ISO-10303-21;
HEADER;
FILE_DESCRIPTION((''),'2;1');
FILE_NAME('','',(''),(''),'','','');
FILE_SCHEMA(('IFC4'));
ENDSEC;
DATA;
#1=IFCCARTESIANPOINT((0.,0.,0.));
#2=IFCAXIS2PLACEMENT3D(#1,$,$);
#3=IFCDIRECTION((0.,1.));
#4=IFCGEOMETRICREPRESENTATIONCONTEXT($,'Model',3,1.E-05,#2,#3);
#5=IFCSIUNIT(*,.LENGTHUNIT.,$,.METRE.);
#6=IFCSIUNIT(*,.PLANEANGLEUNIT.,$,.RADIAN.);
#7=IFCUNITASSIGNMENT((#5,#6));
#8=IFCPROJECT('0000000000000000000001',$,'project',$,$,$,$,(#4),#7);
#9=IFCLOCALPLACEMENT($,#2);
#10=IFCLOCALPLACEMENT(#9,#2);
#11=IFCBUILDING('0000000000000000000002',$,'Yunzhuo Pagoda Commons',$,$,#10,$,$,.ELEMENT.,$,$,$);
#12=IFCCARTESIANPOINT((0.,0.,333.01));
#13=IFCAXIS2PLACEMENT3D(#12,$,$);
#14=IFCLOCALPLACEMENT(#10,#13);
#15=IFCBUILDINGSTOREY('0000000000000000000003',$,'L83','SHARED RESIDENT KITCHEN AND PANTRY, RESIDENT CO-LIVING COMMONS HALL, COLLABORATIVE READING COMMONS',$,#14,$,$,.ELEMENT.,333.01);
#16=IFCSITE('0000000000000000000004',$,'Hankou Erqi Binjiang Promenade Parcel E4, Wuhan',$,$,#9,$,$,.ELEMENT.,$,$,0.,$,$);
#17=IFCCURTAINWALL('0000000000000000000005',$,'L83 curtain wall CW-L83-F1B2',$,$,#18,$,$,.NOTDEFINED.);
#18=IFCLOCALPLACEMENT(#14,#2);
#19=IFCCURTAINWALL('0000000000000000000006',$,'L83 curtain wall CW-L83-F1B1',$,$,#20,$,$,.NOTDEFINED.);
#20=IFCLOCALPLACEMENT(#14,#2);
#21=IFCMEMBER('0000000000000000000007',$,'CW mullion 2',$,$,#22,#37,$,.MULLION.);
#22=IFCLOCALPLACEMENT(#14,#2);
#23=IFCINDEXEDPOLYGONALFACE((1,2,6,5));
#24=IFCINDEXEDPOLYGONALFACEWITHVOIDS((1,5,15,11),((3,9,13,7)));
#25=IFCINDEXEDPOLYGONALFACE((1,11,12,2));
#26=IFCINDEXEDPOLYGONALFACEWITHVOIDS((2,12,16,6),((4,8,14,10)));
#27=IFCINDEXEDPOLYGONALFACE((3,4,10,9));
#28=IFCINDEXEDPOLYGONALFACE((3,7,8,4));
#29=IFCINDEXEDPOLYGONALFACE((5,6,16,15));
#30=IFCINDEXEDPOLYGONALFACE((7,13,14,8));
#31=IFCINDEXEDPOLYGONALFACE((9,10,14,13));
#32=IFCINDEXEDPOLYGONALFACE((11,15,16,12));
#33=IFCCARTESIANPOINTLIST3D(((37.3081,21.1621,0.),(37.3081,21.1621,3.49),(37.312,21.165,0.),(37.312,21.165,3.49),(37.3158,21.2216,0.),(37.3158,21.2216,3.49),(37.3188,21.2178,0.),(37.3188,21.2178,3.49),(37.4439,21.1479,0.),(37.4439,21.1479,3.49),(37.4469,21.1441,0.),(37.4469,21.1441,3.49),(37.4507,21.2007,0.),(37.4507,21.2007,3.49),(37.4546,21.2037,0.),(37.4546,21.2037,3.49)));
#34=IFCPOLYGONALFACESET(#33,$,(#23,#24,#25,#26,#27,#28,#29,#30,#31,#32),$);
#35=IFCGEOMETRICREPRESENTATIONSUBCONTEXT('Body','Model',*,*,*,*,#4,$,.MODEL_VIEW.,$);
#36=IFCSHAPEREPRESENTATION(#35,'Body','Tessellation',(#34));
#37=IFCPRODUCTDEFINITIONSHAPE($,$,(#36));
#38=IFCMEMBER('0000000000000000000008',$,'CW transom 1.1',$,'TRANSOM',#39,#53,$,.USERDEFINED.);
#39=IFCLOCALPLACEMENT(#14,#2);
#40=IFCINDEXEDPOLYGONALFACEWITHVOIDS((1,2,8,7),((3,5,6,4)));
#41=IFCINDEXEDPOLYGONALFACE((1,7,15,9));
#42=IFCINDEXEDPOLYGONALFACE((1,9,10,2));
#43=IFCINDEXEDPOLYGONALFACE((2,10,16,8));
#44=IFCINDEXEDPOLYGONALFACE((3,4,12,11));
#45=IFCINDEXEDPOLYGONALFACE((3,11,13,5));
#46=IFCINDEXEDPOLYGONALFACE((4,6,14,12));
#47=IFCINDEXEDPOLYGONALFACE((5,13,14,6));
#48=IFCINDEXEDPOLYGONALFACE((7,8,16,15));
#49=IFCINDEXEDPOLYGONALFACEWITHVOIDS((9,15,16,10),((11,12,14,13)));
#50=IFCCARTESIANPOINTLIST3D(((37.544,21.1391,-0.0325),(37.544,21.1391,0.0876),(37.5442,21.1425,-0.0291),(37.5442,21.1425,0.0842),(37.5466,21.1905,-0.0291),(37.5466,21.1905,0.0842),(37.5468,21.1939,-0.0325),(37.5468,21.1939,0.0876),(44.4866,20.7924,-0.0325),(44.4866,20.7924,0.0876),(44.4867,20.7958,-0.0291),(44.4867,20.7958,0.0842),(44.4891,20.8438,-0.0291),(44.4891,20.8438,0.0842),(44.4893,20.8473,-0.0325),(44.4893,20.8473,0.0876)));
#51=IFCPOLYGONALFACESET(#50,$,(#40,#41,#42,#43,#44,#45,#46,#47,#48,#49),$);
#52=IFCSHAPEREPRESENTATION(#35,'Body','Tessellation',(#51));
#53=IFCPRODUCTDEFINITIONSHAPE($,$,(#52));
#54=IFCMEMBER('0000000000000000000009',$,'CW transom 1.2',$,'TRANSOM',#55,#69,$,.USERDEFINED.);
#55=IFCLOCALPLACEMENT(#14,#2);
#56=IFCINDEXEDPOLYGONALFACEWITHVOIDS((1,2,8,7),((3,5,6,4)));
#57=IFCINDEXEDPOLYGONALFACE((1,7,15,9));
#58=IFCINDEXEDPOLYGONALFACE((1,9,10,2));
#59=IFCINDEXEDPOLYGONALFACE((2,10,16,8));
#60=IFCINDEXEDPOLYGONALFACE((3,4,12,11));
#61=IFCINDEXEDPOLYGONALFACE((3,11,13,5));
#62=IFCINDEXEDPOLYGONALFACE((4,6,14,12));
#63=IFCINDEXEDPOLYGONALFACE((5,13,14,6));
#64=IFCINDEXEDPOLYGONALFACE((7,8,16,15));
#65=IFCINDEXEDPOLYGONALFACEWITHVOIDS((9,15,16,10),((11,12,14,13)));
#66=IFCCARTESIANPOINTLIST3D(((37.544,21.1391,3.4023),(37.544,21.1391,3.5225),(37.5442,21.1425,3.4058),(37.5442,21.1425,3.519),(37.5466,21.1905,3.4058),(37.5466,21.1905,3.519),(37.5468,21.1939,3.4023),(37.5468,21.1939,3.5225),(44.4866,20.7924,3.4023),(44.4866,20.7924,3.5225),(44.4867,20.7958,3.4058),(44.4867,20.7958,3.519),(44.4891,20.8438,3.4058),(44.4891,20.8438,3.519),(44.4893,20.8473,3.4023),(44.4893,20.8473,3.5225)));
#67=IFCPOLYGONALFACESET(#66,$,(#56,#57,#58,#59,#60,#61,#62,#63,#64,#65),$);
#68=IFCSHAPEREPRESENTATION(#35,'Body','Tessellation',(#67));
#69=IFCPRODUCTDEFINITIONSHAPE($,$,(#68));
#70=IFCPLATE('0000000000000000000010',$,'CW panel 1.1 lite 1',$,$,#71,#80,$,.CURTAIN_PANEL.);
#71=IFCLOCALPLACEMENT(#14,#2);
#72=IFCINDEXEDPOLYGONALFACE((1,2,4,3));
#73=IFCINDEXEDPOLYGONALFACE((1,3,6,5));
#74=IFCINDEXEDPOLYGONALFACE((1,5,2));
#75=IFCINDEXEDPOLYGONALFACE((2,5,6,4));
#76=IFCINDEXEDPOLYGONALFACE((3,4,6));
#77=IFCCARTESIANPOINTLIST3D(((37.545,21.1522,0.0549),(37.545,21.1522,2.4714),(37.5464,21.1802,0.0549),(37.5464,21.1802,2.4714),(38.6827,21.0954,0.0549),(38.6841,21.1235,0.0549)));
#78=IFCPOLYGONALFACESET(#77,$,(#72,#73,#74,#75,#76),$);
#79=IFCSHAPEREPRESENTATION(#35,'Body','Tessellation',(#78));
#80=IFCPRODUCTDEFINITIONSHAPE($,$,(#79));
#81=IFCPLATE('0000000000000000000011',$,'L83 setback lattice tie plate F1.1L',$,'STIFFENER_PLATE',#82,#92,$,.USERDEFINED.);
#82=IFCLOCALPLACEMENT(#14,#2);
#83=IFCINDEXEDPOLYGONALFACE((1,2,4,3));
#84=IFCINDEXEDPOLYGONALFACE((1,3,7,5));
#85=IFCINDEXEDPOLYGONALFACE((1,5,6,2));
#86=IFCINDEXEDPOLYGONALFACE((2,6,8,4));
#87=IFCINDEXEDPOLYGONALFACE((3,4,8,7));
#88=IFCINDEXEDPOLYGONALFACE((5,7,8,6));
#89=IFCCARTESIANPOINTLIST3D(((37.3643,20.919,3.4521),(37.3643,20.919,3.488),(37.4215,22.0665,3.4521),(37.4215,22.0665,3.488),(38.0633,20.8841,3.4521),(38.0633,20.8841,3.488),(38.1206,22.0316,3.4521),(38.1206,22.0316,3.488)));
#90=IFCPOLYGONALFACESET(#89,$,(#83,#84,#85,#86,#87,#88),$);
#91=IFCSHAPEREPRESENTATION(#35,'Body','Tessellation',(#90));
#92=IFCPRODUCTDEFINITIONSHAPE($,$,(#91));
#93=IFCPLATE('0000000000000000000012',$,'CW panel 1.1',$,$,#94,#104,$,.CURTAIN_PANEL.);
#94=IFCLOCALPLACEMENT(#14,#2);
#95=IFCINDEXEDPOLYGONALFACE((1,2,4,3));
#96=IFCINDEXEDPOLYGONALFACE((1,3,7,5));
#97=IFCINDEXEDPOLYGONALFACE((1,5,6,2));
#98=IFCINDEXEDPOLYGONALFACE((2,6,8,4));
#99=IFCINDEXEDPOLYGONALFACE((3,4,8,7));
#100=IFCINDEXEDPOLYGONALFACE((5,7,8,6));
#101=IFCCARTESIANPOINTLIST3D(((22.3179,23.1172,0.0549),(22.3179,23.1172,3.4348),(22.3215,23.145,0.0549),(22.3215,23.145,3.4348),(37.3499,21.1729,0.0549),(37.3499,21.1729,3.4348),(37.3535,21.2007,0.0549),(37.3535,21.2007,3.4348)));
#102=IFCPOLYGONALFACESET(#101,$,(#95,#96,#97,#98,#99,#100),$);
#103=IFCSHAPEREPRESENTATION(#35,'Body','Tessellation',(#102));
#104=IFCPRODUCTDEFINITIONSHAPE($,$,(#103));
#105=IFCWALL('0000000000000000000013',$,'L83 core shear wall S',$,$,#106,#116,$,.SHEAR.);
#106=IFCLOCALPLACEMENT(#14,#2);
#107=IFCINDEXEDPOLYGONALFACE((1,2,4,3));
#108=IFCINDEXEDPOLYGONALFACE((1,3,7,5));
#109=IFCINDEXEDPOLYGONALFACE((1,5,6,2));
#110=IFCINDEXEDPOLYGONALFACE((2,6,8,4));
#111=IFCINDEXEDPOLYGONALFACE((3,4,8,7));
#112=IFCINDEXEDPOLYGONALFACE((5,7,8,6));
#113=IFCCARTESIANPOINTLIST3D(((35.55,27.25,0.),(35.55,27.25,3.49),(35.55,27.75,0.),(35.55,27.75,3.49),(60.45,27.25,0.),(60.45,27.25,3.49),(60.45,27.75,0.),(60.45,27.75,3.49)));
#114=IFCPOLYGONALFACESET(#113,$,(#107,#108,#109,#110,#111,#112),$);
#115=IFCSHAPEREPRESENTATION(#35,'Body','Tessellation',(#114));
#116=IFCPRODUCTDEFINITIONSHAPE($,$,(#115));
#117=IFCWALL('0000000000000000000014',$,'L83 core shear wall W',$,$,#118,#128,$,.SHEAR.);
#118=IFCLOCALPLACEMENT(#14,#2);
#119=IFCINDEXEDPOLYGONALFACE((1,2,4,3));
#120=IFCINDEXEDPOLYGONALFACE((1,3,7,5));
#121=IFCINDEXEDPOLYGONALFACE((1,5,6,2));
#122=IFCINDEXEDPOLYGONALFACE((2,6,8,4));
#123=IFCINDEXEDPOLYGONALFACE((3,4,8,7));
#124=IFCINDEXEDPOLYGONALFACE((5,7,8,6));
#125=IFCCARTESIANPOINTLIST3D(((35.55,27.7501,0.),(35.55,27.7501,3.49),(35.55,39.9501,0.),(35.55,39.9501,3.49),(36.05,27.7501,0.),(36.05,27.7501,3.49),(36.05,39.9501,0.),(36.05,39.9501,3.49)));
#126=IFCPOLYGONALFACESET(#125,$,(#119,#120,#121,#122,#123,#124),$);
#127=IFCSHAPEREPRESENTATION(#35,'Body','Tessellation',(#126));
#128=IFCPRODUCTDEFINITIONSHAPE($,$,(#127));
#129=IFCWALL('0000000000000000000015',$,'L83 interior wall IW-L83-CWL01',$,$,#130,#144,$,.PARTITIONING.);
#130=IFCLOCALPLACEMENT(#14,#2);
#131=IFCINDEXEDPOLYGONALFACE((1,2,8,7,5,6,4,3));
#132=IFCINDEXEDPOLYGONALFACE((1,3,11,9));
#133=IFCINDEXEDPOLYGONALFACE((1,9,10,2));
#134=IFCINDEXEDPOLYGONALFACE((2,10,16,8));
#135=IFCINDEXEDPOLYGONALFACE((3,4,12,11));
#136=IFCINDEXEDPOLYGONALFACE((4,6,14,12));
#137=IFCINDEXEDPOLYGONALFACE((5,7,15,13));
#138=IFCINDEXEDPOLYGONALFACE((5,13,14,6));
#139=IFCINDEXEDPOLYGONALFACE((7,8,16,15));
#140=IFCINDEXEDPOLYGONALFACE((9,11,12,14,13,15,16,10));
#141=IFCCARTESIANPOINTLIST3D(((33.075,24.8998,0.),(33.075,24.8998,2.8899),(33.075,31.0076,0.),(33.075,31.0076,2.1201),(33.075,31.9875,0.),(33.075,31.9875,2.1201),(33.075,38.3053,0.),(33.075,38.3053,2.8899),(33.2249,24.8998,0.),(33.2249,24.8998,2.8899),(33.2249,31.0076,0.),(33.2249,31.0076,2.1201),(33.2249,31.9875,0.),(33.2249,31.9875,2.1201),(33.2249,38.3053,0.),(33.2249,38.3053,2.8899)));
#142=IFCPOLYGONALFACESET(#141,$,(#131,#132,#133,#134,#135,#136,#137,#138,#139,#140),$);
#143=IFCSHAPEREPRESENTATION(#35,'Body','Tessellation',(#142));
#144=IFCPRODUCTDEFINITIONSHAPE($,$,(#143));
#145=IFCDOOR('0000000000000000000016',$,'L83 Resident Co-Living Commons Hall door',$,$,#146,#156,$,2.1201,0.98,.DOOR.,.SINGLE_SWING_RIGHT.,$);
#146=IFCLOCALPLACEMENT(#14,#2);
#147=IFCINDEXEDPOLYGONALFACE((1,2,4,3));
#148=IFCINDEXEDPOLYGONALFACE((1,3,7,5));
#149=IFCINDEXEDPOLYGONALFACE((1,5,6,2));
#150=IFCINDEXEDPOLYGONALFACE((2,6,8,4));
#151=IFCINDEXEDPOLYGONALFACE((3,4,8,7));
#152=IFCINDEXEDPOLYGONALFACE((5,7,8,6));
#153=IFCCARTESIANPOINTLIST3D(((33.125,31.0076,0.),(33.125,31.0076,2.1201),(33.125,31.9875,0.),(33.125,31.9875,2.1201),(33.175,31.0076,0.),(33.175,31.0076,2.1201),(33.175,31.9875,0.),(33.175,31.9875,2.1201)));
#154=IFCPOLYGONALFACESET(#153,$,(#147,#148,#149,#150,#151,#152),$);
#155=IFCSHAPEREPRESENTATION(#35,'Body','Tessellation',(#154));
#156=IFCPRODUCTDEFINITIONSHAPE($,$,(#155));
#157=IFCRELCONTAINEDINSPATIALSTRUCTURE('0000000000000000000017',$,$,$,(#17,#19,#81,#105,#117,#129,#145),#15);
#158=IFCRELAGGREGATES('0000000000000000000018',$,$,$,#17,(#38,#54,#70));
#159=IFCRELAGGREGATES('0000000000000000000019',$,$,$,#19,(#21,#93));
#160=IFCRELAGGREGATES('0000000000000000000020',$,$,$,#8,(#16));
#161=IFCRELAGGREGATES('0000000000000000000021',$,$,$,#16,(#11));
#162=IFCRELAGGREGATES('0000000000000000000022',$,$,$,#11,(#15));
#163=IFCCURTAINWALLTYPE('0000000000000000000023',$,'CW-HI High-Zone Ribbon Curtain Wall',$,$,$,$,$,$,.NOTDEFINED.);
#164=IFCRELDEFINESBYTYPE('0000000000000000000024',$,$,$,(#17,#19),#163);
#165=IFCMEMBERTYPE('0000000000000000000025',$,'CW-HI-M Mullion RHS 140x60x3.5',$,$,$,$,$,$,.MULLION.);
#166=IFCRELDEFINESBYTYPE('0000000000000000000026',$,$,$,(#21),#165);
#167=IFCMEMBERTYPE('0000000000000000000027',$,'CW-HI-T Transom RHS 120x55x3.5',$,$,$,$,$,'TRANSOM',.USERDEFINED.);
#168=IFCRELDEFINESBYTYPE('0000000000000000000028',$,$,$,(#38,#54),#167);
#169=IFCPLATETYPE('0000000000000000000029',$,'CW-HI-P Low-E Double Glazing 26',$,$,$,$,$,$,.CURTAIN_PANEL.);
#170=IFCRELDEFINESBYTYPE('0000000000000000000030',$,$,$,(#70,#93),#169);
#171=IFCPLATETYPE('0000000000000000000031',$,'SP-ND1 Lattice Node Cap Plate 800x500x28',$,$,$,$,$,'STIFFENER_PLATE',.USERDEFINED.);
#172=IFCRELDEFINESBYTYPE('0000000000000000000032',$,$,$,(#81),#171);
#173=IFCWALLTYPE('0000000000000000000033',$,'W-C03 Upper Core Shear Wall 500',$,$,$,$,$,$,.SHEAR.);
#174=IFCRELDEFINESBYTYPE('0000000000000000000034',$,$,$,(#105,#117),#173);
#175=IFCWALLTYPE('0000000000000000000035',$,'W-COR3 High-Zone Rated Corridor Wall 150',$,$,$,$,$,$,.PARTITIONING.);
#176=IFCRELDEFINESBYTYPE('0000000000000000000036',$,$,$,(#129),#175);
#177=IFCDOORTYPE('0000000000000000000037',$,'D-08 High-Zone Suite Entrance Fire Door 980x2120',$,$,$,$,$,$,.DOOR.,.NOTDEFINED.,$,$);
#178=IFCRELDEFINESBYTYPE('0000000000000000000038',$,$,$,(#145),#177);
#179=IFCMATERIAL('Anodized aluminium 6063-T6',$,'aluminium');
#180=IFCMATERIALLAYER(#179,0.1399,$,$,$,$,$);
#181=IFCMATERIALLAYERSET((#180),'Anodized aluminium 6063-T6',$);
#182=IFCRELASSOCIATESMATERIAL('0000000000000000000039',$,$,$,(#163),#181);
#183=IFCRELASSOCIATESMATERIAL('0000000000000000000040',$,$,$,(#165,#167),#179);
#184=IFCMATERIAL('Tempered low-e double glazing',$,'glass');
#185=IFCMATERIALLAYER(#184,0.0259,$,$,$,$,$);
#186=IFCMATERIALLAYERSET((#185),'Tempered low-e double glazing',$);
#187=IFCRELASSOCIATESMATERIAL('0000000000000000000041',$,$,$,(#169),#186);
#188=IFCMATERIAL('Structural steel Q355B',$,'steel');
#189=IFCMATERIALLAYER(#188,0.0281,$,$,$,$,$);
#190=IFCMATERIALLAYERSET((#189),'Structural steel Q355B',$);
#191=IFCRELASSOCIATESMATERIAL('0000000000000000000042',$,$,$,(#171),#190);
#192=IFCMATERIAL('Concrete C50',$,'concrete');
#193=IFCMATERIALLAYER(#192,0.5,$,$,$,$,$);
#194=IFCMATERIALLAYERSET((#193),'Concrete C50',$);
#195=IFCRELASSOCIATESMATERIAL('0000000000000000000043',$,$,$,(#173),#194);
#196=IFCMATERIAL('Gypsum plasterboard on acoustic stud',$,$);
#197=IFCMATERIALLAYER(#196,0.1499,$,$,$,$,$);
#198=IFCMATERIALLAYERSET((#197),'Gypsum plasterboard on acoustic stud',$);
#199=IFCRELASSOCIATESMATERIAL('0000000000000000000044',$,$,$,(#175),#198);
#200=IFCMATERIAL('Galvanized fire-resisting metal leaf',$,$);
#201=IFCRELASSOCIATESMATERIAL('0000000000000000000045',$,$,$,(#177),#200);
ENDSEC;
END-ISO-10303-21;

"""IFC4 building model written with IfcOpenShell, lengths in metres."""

from ifc_helpers import new_model, si_unit, direction, frame, frame_2d, origin, origin_with_axes, origin_2d, place, context, subcontext, project, spatial, polyline, rectangle, hollow_rectangle, outline, extrude, source, transform, mapped, material, layer, layer_set, material_profile, profile_set, type_object, element, fill, aggregate, save


model = new_model("IFC4")

# Units and contexts
model_context = context("Model", 3, precision=1e-05, world=origin(), true_north=direction((0.0, 1.0)))
body_context = subcontext(model_context, "Body", "Model", "MODEL_VIEW")
ifc_project = project(units=[si_unit("LENGTHUNIT", "METRE"), si_unit("PLANEANGLEUNIT", "RADIAN")], contexts=[model_context])

# Site, building, storey
site_placement = place(None, origin())
site = spatial("IfcSite", under=ifc_project, at=site_placement, Name="Hankou Erqi Binjiang Promenade Parcel E4, Wuhan", CompositionType="ELEMENT", RefElevation=0.0)
building_placement = place(site_placement, origin())
building = spatial("IfcBuilding", under=site, at=building_placement, Name="Yunzhuo Pagoda Commons", CompositionType="ELEMENT")
storey_placement = place(building_placement, frame((0.0, 0.0, 333.01)))
storey = spatial("IfcBuildingStorey", under=building, at=storey_placement, Name="L83", Description="SHARED RESIDENT KITCHEN AND PANTRY, RESIDENT CO-LIVING COMMONS HALL, COLLABORATIVE READING COMMONS", CompositionType="ELEMENT", Elevation=333.01)

# Shared definitions
ifc_material_1 = material(Name="Structural steel Q355B", Category="steel")

# Curtain walls, member
ifc_material_2 = material(Name="Anodized aluminium 6063-T6", Category="aluminium")
ifc_layer_1 = layer(ifc_material_2, 0.1399)
ifc_layer_set_1 = layer_set([ifc_layer_1], Name="Anodized aluminium 6063-T6")
curtain_wall_type = type_object("IfcCurtainWallType", Name="CW-HI High-Zone Ribbon Curtain Wall", PredefinedType="NOTDEFINED", material=ifc_layer_set_1)
curtain_wall_1_placement = place(storey_placement, origin())
curtain_wall_1 = element("IfcCurtainWall", 1, at=curtain_wall_1_placement, inside=storey, type_object=curtain_wall_type, Name="L83 curtain wall CW-L83-F1B2", PredefinedType="NOTDEFINED")
ifc_material_profile_1 = material_profile(ifc_material_2, hollow_rectangle(XDim=0.0601, YDim=0.1399, WallThickness=0.0034, at=origin_2d()), Name="Anodized aluminium 6063-T6")
ifc_profile_set_1 = profile_set([ifc_material_profile_1], Name="Anodized aluminium 6063-T6")
member_type_1 = type_object("IfcMemberType", Name="CW-HI-M Mullion RHS 140x60x3.5", PredefinedType="MULLION", material=ifc_profile_set_1)
shared_shape_1 = source(origin(), body_context, "Body", "SweptSolid", [
    extrude(hollow_rectangle(XDim=0.0601, YDim=0.1399, WallThickness=0.0034, at=origin_2d()), origin(), (0.0, 0.0, 1.0), 3.49),
])
curtain_wall_2_placement = place(storey_placement, origin())
curtain_wall_2 = element("IfcCurtainWall", 2, at=curtain_wall_2_placement, inside=storey, type_object=curtain_wall_type, Name="L83 curtain wall CW-L83-F1B1", PredefinedType="NOTDEFINED")
member_1_placement = place(storey_placement, frame((37.3813, 21.1829, 0.0), z_axis=(0.0, 0.0, 1.0), x_axis=(0.128276, 0.991739, 0.0)))
member_1 = element("IfcMember", 3, at=member_1_placement, type_object=member_type_1, Name="CW mullion 2", PredefinedType="MULLION", context=body_context, shape_type="MappedRepresentation", body=[
    mapped(shared_shape_1, transform((0.0, 0.0, 0.0), scale=1.0)),
])

# Members
ifc_material_profile_2 = material_profile(ifc_material_2, hollow_rectangle(XDim=0.0549, YDim=0.1201, WallThickness=0.0034, at=origin_2d()), Name="Anodized aluminium 6063-T6")
ifc_profile_set_2 = profile_set([ifc_material_profile_2], Name="Anodized aluminium 6063-T6")
member_type_2 = type_object("IfcMemberType", Name="CW-HI-T Transom RHS 120x55x3.5", ElementType="TRANSOM", PredefinedType="USERDEFINED", material=ifc_profile_set_2)
shared_shape_2 = source(origin(), body_context, "Body", "SweptSolid", [
    extrude(hollow_rectangle(XDim=0.0549, YDim=0.1201, WallThickness=0.0034, at=origin_2d()), origin(), (0.0, 0.0, 1.0), 6.9512),
])
member_2_placement = place(storey_placement, frame((37.5454, 21.1665, 0.0276), z_axis=(0.998756, -0.049873, 0.0), x_axis=(0.049873, 0.998756, 0.0)))
member_2 = element("IfcMember", 4, at=member_2_placement, type_object=member_type_2, Name="CW transom 1.1", ObjectType="TRANSOM", PredefinedType="USERDEFINED", context=body_context, shape_type="MappedRepresentation", body=[
    mapped(shared_shape_2, transform((0.0, 0.0, 0.0), scale=1.0)),
])
member_3_placement = place(storey_placement, frame((37.5454, 21.1665, 3.4624), z_axis=(0.998756, -0.049873, 0.0), x_axis=(0.049873, 0.998756, 0.0)))
member_3 = element("IfcMember", 5, at=member_3_placement, type_object=member_type_2, Name="CW transom 1.2", ObjectType="TRANSOM", PredefinedType="USERDEFINED", context=body_context, shape_type="MappedRepresentation", body=[
    mapped(shared_shape_2, transform((0.0, 0.0, 0.0), scale=1.0)),
])

# Plates
ifc_material_3 = material(Name="Tempered low-e double glazing", Category="glass")
ifc_layer_2 = layer(ifc_material_3, 0.0259)
ifc_layer_set_2 = layer_set([ifc_layer_2], Name="Tempered low-e double glazing")
plate_type_1 = type_object("IfcPlateType", Name="CW-HI-P Low-E Double Glazing 26", PredefinedType="CURTAIN_PANEL", material=ifc_layer_set_2)
plate_1_placement = place(storey_placement, frame((38.1152, 21.1519, 1.2632), z_axis=(-0.04985, -0.998757, 0.0), x_axis=(0.998757, -0.04985, 0.0)))
plate_1 = element("IfcPlate", 6, at=plate_1_placement, type_object=plate_type_1, Name="CW panel 1.1 lite 1", PredefinedType="CURTAIN_PANEL", context=body_context, shape_type="SweptSolid", body=[
    extrude(outline(polyline([(-0.5696, -1.2083), (0.5696, -1.2083), (-0.5696, 1.2083), (-0.5696, -1.2083)])), origin(), (0.0, 0.0, 1.0), 0.0281),
])
aggregate(curtain_wall_1, [member_2, member_3, plate_1])
ifc_layer_3 = layer(ifc_material_1, 0.0281)
ifc_layer_set_3 = layer_set([ifc_layer_3], Name="Structural steel Q355B")
plate_type_2 = type_object("IfcPlateType", Name="SP-ND1 Lattice Node Cap Plate 800x500x28", ElementType="STIFFENER_PLATE", PredefinedType="USERDEFINED", material=ifc_layer_set_3)
shared_shape_3 = source(origin(), body_context, "Body", "SweptSolid", [
    extrude(rectangle(XDim=0.7, YDim=1.1489, at=origin_2d()), origin(), (0.0, 0.0, 1.0), 0.0359),
])
plate_2_placement = place(storey_placement, frame((37.7424, 21.4753, 3.4521), z_axis=(0.0, 0.0, 1.0), x_axis=(0.998757, -0.049843, 0.0)))
element("IfcPlate", 7, at=plate_2_placement, inside=storey, type_object=plate_type_2, Name="L83 setback lattice tie plate F1.1L", ObjectType="STIFFENER_PLATE", PredefinedType="USERDEFINED", context=body_context, shape_type="MappedRepresentation", body=[
    mapped(shared_shape_3, transform((0.0, 0.0, 0.0), scale=1.0)),
])
shared_shape_4 = source(origin(), body_context, "Body", "SweptSolid", [
    extrude(rectangle(XDim=15.1572, YDim=0.0281, at=origin_2d()), origin(), (0.0, 0.0, 1.0), 3.3799),
])
plate_3_placement = place(storey_placement, frame((29.8357, 22.1589, 0.0549), z_axis=(0.0, 0.0, 1.0), x_axis=(0.991739, -0.128276, 0.0)))
plate_3 = element("IfcPlate", 8, at=plate_3_placement, type_object=plate_type_1, Name="CW panel 1.1", PredefinedType="CURTAIN_PANEL", context=body_context, shape_type="MappedRepresentation", body=[
    mapped(shared_shape_4, transform((0.0, 0.0, 0.0), scale=1.0)),
])
aggregate(curtain_wall_2, [member_1, plate_3])

# Walls
ifc_material_4 = material(Name="Concrete C50", Category="concrete")
ifc_layer_4 = layer(ifc_material_4, 0.5)
ifc_layer_set_4 = layer_set([ifc_layer_4], Name="Concrete C50")
wall_type_1 = type_object("IfcWallType", Name="W-C03 Upper Core Shear Wall 500", PredefinedType="SHEAR", material=ifc_layer_set_4)
wall_1_placement = place(storey_placement, frame((35.55, 27.5, 0.0), z_axis=(0.0, 0.0, 1.0), x_axis=(1.0, 0.0, 0.0)))
element("IfcWall", 9, at=wall_1_placement, inside=storey, type_object=wall_type_1, Name="L83 core shear wall S", PredefinedType="SHEAR", context=body_context, shape_type="SweptSolid", body=[
    extrude(rectangle(XDim=24.8999, YDim=0.5, at=frame_2d((12.45, 0.0))), origin(), (0.0, 0.0, 1.0), 3.49),
])
wall_2_placement = place(storey_placement, frame((35.8, 27.75, 0.0), z_axis=(0.0, 0.0, 1.0), x_axis=(0.0, 1.0, 0.0)))
element("IfcWall", 10, at=wall_2_placement, inside=storey, type_object=wall_type_1, Name="L83 core shear wall W", PredefinedType="SHEAR", context=body_context, shape_type="SweptSolid", body=[
    extrude(rectangle(XDim=12.2, YDim=0.5, at=frame_2d((6.1001, 0.0))), origin(), (0.0, 0.0, 1.0), 3.49),
])

# Wall, opening, door
ifc_material_5 = material(Name="Gypsum plasterboard on acoustic stud")
ifc_layer_5 = layer(ifc_material_5, 0.1499)
ifc_layer_set_5 = layer_set([ifc_layer_5], Name="Gypsum plasterboard on acoustic stud")
wall_type_2 = type_object("IfcWallType", Name="W-COR3 High-Zone Rated Corridor Wall 150", PredefinedType="PARTITIONING", material=ifc_layer_set_5)
wall_3_placement = place(storey_placement, frame((33.1499, 24.8999, 0.0), z_axis=(0.0, 0.0, 1.0), x_axis=(0.0, 1.0, 0.0)))
wall_3 = element("IfcWall", 11, at=wall_3_placement, inside=storey, type_object=wall_type_2, Name="L83 interior wall IW-L83-CWL01", PredefinedType="PARTITIONING", context=body_context, shape_type="SweptSolid", body=[
    extrude(rectangle(XDim=13.4055, YDim=0.1499, at=frame_2d((6.7026, 0.0))), origin(), (0.0, 0.0, 1.0), 2.8899),
])
opening_placement = place(wall_3_placement, frame((6.1077, 0.0, 0.0)))
opening = element("IfcOpeningElement", 12, at=opening_placement, cuts=wall_3, PredefinedType="OPENING", context=body_context, shape_type="SweptSolid", body=[
    extrude(rectangle(XDim=0.98, YDim=2.1201, at=frame_2d((0.49, 1.0601))), frame((0.0, 0.085, 0.0), z_axis=(0.0, -1.0, 0.0), x_axis=(1.0, 0.0, 0.0)), (0.0, 0.0, 1.0), 0.1699),
])
ifc_material_6 = material(Name="Galvanized fire-resisting metal leaf")
door_type = type_object("IfcDoorType", Name="D-08 High-Zone Suite Entrance Fire Door 980x2120", OperationType="NOTDEFINED", PredefinedType="DOOR", material=ifc_material_6)
shared_shape_5 = source(origin(), body_context, "Body", "SweptSolid", [
    extrude(rectangle(XDim=0.98, YDim=2.1201, at=frame_2d((0.49, 1.0601))), frame((0.0, 0.0249, 0.0), z_axis=(0.0, -1.0, 0.0), x_axis=(1.0, 0.0, 0.0)), (0.0, 0.0, 1.0), 0.05),
])
door_placement = place(opening_placement, origin_with_axes())
door = element("IfcDoor", 13, at=door_placement, inside=storey, type_object=door_type, Name="L83 Resident Co-Living Commons Hall door", OperationType="SINGLE_SWING_RIGHT", OverallHeight=2.1201, OverallWidth=0.98, PredefinedType="DOOR", context=body_context, shape_type="MappedRepresentation", body=[
    mapped(shared_shape_5, transform((0.0, 0.0, 0.0), scale=1.0)),
])
fill(opening, door)

save(model, "model.ifc")
